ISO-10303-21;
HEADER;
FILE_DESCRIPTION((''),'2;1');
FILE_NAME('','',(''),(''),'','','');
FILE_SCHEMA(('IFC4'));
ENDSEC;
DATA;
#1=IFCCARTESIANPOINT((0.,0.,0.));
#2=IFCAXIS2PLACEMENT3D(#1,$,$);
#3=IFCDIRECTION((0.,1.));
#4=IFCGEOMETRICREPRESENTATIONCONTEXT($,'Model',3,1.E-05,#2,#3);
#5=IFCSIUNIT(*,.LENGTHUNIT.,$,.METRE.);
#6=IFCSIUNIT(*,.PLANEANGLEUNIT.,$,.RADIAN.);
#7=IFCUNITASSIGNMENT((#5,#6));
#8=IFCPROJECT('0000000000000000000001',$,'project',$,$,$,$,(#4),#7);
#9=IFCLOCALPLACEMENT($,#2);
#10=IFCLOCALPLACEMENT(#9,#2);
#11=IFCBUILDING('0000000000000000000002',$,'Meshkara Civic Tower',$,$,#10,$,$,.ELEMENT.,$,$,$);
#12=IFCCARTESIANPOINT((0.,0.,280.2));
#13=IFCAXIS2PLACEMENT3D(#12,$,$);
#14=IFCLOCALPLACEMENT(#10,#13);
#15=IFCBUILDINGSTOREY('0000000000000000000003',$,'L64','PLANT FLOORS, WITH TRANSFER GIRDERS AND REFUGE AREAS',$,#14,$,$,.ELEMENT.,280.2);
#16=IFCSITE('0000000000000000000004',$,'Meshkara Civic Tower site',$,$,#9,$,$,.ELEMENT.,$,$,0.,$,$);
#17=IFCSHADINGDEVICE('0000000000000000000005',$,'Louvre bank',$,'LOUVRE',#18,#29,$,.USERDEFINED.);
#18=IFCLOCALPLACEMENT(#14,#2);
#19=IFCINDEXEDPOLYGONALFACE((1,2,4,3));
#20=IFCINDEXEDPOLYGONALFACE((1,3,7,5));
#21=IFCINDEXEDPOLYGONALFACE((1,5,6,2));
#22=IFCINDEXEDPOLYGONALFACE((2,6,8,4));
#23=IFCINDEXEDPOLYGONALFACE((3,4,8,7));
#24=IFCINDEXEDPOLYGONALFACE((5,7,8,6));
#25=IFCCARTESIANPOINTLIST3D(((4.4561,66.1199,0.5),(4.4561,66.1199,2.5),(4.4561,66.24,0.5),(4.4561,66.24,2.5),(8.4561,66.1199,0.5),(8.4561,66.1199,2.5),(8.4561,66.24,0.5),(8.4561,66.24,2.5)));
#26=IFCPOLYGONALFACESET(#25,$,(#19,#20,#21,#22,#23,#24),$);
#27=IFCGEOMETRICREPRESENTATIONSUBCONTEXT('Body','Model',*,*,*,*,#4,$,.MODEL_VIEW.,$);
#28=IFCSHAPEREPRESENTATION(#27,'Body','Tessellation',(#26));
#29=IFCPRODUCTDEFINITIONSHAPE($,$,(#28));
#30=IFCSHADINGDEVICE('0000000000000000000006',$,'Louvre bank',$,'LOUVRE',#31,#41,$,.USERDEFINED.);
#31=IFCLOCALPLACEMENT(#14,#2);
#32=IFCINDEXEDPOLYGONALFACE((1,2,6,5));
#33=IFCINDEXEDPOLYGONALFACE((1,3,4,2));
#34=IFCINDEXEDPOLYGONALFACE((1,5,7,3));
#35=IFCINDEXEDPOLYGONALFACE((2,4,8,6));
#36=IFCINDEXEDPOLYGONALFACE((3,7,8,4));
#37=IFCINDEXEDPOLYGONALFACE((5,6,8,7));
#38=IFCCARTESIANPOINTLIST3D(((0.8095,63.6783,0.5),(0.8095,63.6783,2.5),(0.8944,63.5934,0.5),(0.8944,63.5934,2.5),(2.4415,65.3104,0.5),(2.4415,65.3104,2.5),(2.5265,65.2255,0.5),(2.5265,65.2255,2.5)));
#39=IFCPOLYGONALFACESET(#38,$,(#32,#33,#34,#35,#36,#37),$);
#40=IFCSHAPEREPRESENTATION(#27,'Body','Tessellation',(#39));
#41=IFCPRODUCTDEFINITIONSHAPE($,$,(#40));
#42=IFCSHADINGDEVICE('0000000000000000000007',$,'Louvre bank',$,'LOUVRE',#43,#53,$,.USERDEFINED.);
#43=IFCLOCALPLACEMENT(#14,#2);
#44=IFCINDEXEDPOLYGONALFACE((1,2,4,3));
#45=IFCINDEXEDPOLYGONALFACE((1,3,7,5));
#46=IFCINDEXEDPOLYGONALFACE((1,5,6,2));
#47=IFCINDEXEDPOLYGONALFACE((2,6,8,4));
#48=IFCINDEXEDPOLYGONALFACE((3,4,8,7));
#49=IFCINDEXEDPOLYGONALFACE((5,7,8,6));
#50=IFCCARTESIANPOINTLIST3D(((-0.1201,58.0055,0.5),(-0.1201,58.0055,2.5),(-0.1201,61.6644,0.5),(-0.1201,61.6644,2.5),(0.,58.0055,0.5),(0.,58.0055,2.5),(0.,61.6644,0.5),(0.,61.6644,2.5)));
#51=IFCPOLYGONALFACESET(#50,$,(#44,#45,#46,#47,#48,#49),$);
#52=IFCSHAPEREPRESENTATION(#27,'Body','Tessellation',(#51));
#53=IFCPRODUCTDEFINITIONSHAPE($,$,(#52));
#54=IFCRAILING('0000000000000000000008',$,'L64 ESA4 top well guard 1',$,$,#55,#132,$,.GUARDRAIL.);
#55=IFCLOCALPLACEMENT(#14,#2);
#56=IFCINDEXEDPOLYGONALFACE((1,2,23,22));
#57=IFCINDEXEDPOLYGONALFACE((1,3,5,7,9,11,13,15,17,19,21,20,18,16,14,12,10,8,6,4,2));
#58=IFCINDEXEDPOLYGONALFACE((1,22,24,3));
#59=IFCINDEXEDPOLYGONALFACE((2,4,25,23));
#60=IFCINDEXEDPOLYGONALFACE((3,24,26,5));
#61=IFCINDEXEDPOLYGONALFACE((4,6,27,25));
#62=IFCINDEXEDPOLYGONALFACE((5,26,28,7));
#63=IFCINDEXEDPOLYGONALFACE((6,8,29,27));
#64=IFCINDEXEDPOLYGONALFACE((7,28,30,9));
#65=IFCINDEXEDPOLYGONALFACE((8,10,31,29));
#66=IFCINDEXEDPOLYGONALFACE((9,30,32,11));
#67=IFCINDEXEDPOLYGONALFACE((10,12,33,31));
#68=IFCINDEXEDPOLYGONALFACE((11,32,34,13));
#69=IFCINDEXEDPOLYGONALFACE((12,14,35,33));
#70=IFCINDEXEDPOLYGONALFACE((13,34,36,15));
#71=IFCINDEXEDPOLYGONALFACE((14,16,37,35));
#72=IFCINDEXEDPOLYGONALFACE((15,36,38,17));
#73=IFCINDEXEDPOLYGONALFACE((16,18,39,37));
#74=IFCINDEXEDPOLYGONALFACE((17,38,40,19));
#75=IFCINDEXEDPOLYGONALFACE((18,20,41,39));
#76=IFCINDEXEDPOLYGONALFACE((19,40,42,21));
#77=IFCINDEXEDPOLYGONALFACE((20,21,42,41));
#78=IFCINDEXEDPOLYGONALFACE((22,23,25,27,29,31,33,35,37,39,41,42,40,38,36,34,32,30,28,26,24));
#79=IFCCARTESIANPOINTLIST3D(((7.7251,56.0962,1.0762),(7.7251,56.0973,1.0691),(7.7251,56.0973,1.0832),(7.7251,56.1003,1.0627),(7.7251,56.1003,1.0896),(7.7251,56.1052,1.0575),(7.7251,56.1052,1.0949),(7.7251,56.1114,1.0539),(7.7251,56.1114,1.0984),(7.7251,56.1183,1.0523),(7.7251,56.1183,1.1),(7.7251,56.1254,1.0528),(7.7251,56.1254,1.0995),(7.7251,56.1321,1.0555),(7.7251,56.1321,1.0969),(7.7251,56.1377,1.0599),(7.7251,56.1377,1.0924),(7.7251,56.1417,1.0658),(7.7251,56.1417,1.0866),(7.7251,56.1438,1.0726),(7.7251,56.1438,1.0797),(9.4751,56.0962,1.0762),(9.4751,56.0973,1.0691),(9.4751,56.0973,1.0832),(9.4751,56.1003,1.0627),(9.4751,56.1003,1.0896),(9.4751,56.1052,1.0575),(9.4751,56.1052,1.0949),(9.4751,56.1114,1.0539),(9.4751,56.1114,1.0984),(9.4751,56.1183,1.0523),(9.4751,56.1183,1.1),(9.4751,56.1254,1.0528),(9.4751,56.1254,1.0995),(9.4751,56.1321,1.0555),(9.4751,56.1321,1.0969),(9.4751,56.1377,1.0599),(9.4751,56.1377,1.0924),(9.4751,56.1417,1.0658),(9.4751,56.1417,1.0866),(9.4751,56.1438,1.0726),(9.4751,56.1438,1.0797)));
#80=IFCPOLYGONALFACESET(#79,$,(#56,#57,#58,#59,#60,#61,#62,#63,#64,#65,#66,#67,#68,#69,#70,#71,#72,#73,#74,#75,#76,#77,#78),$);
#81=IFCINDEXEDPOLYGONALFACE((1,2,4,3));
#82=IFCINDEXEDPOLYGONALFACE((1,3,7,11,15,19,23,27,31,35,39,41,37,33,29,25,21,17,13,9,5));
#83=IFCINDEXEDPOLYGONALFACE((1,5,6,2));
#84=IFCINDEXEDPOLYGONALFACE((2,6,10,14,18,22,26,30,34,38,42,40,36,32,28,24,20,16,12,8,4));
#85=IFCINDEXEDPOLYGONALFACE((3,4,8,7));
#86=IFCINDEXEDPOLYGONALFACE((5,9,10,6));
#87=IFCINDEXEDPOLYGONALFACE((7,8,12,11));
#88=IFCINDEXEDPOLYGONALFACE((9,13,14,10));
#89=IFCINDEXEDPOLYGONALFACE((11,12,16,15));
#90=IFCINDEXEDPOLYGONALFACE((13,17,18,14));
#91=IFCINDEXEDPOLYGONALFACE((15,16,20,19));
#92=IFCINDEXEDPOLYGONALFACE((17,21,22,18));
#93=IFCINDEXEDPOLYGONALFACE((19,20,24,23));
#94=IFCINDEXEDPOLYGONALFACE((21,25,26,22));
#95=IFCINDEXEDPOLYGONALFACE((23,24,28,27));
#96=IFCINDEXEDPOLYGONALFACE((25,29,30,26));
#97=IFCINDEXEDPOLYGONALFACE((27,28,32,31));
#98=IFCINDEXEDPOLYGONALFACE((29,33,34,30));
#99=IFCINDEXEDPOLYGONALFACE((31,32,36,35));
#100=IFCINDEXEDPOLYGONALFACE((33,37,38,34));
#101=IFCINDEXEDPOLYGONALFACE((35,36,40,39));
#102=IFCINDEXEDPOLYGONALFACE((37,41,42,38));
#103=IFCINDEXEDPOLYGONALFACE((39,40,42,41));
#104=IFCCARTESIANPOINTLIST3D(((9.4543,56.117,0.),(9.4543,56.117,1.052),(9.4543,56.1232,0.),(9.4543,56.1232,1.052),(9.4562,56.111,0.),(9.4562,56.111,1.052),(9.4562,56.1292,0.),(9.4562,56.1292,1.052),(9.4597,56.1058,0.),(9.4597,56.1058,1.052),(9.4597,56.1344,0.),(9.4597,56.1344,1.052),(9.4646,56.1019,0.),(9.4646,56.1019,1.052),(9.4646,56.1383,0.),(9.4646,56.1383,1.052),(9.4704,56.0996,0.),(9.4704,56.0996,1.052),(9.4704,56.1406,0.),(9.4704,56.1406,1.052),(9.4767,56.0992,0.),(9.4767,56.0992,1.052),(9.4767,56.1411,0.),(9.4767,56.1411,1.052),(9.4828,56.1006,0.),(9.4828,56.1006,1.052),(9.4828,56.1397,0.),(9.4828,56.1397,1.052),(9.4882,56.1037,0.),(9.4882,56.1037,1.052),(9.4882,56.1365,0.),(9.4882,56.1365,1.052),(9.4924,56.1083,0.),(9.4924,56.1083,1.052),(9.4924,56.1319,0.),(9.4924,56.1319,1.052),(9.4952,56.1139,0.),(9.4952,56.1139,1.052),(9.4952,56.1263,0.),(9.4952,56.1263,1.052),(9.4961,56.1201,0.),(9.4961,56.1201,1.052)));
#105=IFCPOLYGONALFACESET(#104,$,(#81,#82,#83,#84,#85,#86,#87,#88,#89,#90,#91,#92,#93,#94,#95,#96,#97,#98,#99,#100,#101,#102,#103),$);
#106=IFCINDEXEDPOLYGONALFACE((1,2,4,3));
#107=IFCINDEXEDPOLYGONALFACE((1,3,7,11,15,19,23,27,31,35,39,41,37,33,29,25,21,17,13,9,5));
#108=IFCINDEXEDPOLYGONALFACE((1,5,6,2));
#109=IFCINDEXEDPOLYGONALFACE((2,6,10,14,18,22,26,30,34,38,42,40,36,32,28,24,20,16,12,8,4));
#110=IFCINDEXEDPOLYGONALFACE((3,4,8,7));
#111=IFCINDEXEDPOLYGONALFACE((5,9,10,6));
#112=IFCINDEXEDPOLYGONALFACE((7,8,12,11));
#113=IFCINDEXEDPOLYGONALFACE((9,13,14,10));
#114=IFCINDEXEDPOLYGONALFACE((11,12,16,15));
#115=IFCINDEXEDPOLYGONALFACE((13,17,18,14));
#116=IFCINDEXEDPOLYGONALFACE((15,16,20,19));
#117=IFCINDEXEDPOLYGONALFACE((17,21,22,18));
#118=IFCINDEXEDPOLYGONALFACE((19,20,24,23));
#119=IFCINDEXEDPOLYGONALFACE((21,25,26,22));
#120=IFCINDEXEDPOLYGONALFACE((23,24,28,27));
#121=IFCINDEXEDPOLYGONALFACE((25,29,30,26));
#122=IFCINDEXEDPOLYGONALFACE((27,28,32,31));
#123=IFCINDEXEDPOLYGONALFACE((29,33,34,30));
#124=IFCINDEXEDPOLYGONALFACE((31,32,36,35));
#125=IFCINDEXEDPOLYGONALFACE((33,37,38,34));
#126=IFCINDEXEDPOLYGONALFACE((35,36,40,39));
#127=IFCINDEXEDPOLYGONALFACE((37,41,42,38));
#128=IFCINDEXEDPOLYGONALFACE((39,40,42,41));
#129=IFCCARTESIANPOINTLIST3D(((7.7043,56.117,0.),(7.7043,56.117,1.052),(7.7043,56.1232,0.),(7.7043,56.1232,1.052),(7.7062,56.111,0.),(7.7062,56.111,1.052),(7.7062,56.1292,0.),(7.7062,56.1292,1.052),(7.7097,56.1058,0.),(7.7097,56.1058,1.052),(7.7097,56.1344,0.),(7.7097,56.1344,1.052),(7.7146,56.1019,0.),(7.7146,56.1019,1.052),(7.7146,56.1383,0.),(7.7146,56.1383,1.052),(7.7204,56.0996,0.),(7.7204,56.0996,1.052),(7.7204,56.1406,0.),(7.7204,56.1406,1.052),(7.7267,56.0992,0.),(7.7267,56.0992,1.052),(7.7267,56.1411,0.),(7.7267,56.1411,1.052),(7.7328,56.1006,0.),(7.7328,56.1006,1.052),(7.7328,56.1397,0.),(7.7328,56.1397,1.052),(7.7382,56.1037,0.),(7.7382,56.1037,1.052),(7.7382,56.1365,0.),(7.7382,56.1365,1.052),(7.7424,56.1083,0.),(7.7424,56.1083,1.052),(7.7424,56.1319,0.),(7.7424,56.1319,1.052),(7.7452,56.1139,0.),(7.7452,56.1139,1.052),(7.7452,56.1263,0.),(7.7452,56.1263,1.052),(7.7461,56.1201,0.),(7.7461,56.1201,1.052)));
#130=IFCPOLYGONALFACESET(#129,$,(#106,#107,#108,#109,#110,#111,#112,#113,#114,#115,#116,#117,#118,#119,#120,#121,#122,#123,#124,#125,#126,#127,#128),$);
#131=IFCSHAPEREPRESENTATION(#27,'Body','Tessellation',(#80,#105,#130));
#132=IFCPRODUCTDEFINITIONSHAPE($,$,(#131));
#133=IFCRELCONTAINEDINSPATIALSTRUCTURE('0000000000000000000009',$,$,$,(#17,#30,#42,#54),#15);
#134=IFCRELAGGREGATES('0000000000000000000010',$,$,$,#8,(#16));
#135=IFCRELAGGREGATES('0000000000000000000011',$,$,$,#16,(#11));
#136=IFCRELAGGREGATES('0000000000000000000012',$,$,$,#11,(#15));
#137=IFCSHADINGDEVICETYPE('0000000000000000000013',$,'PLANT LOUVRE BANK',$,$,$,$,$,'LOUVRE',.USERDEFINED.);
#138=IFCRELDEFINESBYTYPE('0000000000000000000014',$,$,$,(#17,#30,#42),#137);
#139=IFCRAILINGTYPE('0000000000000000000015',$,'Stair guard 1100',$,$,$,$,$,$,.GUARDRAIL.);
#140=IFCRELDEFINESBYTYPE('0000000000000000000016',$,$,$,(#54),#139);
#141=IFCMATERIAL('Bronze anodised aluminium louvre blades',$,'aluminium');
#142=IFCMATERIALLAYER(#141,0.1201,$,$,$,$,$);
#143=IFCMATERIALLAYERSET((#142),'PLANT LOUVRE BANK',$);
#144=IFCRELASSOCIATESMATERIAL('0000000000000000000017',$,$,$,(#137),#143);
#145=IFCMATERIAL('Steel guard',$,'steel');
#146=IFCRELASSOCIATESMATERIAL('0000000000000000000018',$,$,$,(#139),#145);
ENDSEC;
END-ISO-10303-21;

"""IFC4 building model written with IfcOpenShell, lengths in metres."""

from ifc_helpers import new_model, si_unit, direction, frame, origin, origin_2d, place, context, subcontext, project, spatial, rectangle, circle, extrude, material, layer, layer_set, type_object, element, save


model = new_model("IFC4")

# Units and contexts
model_context = context("Model", 3, precision=1e-05, world=origin(), true_north=direction((0.0, 1.0)))
body_context = subcontext(model_context, "Body", "Model", "MODEL_VIEW")
ifc_project = project(units=[si_unit("LENGTHUNIT", "METRE"), si_unit("PLANEANGLEUNIT", "RADIAN")], contexts=[model_context])

# Site, building, storey
site_placement = place(None, origin())
site = spatial("IfcSite", under=ifc_project, at=site_placement, Name="Meshkara Civic Tower site", CompositionType="ELEMENT", RefElevation=0.0)
building_placement = place(site_placement, origin())
building = spatial("IfcBuilding", under=site, at=building_placement, Name="Meshkara Civic Tower", CompositionType="ELEMENT")
storey_placement = place(building_placement, frame((0.0, 0.0, 280.2)))
storey = spatial("IfcBuildingStorey", under=building, at=storey_placement, Name="L64", Description="PLANT FLOORS, WITH TRANSFER GIRDERS AND REFUGE AREAS", CompositionType="ELEMENT", Elevation=280.2)

# Shading devices
ifc_material_1 = material(Name="Bronze anodised aluminium louvre blades", Category="aluminium")
ifc_layer_1 = layer(ifc_material_1, 0.1201)
ifc_layer_set_1 = layer_set([ifc_layer_1], Name="PLANT LOUVRE BANK")
shading_device_type = type_object("IfcShadingDeviceType", Name="PLANT LOUVRE BANK", ElementType="LOUVRE", PredefinedType="USERDEFINED", material=ifc_layer_set_1)
shading_device_1_placement = place(storey_placement, frame((6.4561, 66.1799, 0.5), z_axis=(0.0, 0.0, 1.0), x_axis=(-1.0, 0.0, 0.0)))
element("IfcShadingDevice", 1, at=shading_device_1_placement, inside=storey, type_object=shading_device_type, Name="Louvre bank", ObjectType="LOUVRE", PredefinedType="USERDEFINED", context=body_context, shape_type="SweptSolid", body=[
    extrude(rectangle(XDim=4.0, YDim=0.1201, at=origin_2d()), origin(), (0.0, 0.0, 1.0), 2.0),
])
shading_device_2_placement = place(storey_placement, frame((1.668, 64.4519, 0.5), z_axis=(0.0, 0.0, 1.0), x_axis=(-0.707107, -0.707107, 0.0)))
element("IfcShadingDevice", 2, at=shading_device_2_placement, inside=storey, type_object=shading_device_type, Name="Louvre bank", ObjectType="LOUVRE", PredefinedType="USERDEFINED", context=body_context, shape_type="SweptSolid", body=[
    extrude(rectangle(XDim=2.3081, YDim=0.1201, at=origin_2d()), origin(), (0.0, 0.0, 1.0), 2.0),
])
shading_device_3_placement = place(storey_placement, frame((-0.0601, 59.835, 0.5), z_axis=(0.0, 0.0, 1.0), x_axis=(0.0, -1.0, 0.0)))
element("IfcShadingDevice", 3, at=shading_device_3_placement, inside=storey, type_object=shading_device_type, Name="Louvre bank", ObjectType="LOUVRE", PredefinedType="USERDEFINED", context=body_context, shape_type="SweptSolid", body=[
    extrude(rectangle(XDim=3.6589, YDim=0.1201, at=origin_2d()), origin(), (0.0, 0.0, 1.0), 2.0),
])

# Railing
ifc_material_2 = material(Name="Steel guard", Category="steel")
railing_type = type_object("IfcRailingType", Name="Stair guard 1100", PredefinedType="GUARDRAIL", material=ifc_material_2)
railing_placement = place(storey_placement, frame((9.4751, 56.1201, 0.0)))
element("IfcRailing", 4, at=railing_placement, inside=storey, type_object=railing_type, Name="L64 ESA4 top well guard 1", PredefinedType="GUARDRAIL", context=body_context, shape_type="SweptSolid", body=[
    extrude(circle(Radius=0.0239, at=origin_2d()), frame((0.0, 0.0, 1.0762), z_axis=(-1.0, 0.0, 0.0), x_axis=(0.0, -1.0, 0.0)), (0.0, 0.0, 1.0), 1.75),
    extrude(circle(Radius=0.021, at=origin_2d()), origin(), (0.0, 0.0, 1.0), 1.052),
    extrude(circle(Radius=0.021, at=origin_2d()), frame((-1.75, 0.0, 0.0)), (0.0, 0.0, 1.0), 1.052),
])

save(model, "model.ifc")
